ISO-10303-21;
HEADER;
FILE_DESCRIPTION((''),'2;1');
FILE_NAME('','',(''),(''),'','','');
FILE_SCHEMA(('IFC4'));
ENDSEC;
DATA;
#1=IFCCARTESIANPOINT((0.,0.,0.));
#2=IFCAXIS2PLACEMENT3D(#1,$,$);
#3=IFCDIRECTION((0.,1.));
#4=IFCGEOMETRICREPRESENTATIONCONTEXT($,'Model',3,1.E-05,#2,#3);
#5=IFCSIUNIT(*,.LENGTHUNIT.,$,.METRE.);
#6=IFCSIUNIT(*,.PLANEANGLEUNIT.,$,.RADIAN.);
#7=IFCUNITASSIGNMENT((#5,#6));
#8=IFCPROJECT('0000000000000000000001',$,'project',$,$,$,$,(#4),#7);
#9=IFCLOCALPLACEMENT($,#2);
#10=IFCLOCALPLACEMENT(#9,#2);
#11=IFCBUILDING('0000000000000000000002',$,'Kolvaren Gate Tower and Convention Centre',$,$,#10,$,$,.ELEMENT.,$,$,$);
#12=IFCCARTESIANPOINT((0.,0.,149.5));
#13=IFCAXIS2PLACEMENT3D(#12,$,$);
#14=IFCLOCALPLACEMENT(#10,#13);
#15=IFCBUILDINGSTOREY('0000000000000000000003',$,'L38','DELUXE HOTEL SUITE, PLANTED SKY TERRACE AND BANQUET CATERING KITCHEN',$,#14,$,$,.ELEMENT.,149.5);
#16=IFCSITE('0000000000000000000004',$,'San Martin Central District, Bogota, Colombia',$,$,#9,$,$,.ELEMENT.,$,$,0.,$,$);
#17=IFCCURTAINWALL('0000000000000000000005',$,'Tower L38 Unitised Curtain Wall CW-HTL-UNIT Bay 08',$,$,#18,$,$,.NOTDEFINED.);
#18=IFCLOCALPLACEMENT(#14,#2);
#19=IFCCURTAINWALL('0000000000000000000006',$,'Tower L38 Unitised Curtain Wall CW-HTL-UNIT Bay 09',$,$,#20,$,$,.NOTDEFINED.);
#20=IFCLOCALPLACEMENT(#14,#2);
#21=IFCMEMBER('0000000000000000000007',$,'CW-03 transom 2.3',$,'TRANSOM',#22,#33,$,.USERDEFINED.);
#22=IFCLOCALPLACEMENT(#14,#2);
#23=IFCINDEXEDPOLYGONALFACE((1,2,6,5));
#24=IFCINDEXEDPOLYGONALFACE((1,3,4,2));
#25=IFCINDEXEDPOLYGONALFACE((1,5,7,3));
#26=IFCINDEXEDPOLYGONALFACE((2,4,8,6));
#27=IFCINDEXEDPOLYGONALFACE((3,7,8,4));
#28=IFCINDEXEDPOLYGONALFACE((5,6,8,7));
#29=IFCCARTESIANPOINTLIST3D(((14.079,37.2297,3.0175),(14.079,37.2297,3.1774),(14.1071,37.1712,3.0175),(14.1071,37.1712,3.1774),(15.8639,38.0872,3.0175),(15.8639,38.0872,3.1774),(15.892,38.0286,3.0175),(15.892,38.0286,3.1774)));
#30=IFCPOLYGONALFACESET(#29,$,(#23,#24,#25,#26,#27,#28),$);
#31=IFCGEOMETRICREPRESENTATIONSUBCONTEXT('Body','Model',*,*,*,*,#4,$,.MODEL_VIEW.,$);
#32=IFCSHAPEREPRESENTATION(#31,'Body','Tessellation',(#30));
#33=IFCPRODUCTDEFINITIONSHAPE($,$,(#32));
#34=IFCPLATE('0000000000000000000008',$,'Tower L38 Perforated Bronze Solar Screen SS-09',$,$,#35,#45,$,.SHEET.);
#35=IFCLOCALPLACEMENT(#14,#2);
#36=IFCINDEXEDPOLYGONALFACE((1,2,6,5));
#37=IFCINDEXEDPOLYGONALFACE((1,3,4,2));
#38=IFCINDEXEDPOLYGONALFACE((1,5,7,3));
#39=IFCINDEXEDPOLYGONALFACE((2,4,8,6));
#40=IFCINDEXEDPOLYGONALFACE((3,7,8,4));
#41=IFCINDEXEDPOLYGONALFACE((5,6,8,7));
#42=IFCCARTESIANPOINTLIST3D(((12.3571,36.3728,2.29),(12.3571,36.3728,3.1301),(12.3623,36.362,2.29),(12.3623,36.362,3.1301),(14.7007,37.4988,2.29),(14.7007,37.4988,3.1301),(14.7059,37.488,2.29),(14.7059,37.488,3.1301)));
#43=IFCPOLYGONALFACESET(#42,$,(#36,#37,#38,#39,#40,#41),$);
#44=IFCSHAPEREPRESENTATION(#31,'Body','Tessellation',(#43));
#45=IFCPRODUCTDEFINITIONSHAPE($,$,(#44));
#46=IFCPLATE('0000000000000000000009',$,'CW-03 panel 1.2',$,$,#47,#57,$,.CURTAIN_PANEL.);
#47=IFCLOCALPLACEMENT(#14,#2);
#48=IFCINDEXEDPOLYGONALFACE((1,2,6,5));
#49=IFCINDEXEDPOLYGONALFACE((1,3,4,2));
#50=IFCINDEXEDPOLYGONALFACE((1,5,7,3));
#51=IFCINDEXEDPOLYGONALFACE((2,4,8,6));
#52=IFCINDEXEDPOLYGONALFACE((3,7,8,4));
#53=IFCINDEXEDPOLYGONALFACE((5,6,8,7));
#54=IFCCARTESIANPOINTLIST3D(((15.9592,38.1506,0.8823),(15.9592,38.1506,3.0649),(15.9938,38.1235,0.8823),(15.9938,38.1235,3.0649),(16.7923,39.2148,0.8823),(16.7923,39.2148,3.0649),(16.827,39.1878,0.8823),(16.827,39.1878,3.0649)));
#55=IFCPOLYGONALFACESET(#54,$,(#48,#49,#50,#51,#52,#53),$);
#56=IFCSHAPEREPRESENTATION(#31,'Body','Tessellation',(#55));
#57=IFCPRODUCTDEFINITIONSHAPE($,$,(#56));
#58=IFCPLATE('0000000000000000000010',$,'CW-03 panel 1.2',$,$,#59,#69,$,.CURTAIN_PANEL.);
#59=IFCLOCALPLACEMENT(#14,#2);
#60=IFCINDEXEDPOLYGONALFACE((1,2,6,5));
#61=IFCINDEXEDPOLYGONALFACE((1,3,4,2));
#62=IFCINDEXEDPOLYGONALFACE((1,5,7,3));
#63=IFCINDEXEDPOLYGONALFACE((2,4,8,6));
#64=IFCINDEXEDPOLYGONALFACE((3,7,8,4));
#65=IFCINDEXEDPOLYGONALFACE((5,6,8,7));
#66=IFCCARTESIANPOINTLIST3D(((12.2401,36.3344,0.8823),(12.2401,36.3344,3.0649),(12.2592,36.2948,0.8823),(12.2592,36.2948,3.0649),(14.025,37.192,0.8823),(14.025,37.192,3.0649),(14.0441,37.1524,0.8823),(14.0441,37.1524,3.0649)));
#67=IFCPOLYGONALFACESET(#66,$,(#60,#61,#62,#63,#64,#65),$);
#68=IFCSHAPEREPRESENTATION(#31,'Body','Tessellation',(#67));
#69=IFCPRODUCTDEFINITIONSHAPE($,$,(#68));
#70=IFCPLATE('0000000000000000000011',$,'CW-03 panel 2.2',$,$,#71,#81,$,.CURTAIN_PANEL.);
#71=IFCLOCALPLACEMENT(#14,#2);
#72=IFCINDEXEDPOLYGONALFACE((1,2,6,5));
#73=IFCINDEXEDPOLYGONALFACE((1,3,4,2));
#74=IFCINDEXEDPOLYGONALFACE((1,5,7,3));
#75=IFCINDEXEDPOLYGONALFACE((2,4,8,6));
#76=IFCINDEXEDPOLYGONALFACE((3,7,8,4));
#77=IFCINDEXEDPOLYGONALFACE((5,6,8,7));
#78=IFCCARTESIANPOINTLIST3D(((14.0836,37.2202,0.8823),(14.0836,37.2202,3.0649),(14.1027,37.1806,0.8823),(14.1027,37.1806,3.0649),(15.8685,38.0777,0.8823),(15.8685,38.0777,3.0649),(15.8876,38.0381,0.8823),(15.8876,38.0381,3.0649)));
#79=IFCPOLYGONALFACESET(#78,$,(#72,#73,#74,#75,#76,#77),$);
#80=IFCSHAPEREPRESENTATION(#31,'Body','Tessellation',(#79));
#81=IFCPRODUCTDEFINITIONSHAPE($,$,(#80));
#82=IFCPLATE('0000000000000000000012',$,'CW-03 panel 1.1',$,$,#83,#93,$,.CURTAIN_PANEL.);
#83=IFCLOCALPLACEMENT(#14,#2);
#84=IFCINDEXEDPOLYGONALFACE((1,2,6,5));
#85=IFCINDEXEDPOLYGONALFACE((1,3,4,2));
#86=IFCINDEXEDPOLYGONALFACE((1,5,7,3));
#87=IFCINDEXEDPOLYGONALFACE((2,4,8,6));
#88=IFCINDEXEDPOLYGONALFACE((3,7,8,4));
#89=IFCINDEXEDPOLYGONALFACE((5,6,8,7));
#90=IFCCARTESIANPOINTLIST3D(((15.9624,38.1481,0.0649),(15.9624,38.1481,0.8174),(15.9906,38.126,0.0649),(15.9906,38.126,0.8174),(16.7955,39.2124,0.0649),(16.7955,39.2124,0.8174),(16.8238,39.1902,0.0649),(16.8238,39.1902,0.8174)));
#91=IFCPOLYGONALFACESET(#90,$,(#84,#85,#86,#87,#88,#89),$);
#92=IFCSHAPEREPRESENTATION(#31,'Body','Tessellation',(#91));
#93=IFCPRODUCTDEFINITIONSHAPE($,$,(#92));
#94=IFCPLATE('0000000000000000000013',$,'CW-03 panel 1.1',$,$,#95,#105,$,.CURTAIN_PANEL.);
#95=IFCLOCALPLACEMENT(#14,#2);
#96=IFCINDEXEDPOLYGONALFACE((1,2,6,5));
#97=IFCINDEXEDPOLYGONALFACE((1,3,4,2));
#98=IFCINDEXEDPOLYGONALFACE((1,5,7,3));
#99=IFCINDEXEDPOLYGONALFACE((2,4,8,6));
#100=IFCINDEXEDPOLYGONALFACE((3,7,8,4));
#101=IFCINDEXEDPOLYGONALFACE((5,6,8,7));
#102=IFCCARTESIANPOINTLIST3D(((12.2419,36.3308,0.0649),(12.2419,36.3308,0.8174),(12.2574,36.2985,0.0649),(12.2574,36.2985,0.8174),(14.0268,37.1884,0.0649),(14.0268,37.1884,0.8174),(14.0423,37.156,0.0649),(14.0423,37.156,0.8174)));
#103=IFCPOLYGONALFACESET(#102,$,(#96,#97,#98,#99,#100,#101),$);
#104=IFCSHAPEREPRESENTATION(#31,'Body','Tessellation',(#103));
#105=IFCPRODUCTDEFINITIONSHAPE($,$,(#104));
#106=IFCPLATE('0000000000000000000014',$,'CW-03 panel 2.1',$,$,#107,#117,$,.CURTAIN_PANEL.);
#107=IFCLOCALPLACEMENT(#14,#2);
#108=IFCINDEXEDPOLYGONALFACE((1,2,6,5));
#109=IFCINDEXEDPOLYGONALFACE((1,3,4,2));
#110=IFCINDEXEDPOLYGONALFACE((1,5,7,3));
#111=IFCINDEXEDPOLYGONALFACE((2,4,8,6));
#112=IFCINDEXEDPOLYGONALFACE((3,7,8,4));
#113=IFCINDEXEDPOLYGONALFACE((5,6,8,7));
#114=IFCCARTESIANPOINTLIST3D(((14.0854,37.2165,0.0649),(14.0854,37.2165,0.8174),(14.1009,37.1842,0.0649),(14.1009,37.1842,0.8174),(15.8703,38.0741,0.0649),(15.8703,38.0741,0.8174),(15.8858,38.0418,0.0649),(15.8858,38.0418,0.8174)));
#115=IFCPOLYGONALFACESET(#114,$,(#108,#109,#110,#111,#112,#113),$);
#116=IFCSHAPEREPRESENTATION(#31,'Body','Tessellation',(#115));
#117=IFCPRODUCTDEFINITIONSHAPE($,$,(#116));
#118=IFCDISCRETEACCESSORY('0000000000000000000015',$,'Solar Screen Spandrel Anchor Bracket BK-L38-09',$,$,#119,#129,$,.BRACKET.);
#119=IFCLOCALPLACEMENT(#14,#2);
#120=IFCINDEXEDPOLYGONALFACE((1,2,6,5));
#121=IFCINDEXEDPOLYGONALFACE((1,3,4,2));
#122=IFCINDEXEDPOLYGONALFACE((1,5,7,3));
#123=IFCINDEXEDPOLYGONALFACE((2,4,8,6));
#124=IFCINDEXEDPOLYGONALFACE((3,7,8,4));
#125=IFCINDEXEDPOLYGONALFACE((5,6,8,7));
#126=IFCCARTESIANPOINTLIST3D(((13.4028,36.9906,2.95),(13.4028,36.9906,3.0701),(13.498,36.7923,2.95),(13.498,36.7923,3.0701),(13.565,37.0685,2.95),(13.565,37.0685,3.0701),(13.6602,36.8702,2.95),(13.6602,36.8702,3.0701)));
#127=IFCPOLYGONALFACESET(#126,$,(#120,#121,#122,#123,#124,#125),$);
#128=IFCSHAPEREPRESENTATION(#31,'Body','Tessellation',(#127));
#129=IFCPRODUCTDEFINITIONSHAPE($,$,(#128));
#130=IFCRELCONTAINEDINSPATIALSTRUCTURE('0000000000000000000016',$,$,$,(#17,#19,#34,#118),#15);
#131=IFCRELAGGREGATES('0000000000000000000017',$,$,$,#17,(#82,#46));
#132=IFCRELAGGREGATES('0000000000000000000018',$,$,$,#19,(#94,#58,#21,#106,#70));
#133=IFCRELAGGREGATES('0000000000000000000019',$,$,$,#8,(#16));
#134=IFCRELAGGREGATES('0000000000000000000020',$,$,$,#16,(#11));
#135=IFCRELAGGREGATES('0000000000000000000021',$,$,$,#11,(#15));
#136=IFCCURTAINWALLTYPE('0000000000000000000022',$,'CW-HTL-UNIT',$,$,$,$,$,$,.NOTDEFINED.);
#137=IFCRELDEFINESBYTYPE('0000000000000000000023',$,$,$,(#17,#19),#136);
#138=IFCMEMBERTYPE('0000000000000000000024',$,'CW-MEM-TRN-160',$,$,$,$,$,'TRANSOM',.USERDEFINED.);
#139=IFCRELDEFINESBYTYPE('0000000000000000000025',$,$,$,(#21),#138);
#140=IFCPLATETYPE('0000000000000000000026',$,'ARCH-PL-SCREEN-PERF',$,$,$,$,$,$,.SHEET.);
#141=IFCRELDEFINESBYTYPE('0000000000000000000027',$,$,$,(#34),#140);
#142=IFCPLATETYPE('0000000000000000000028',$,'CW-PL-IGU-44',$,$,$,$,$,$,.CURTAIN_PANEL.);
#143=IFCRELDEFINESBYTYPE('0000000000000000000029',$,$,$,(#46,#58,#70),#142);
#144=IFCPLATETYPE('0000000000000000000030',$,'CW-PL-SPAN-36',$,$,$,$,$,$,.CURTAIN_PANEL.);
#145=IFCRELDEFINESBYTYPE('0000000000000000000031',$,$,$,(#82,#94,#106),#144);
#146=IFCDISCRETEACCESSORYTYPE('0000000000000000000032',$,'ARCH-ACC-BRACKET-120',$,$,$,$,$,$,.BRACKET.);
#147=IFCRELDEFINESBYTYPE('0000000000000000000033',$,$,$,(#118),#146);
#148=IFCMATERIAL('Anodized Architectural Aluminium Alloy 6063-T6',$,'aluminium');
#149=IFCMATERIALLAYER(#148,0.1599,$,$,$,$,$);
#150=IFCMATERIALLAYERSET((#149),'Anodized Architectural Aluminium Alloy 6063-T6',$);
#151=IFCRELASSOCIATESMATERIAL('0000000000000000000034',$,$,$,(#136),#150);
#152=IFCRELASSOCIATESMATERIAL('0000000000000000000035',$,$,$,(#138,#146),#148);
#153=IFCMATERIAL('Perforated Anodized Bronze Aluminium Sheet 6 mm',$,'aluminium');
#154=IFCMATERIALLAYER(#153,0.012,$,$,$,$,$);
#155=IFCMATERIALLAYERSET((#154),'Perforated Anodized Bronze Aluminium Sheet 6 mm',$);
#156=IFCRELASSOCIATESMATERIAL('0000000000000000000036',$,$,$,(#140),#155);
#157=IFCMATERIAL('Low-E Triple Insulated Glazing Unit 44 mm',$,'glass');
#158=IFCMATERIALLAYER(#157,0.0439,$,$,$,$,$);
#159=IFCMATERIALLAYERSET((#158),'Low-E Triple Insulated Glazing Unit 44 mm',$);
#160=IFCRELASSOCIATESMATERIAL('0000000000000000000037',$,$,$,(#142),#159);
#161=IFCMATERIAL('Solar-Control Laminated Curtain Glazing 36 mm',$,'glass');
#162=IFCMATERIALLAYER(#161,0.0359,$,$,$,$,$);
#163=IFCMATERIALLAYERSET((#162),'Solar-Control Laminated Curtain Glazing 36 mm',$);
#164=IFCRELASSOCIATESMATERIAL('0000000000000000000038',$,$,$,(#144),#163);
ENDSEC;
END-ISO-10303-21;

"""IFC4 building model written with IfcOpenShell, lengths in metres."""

from ifc_helpers import new_model, si_unit, direction, frame, origin, origin_2d, place, context, subcontext, project, spatial, rectangle, extrude, material, layer, layer_set, material_profile, profile_set, type_object, element, aggregate, save


model = new_model("IFC4")

# Units and contexts
model_context = context("Model", 3, precision=1e-05, world=origin(), true_north=direction((0.0, 1.0)))
body_context = subcontext(model_context, "Body", "Model", "MODEL_VIEW")
ifc_project = project(units=[si_unit("LENGTHUNIT", "METRE"), si_unit("PLANEANGLEUNIT", "RADIAN")], contexts=[model_context])

# Site, building, storey
site_placement = place(None, origin())
site = spatial("IfcSite", under=ifc_project, at=site_placement, Name="San Martin Central District, Bogota, Colombia", CompositionType="ELEMENT", RefElevation=0.0)
building_placement = place(site_placement, origin())
building = spatial("IfcBuilding", under=site, at=building_placement, Name="Kolvaren Gate Tower and Convention Centre", CompositionType="ELEMENT")
storey_placement = place(building_placement, frame((0.0, 0.0, 149.5)))
storey = spatial("IfcBuildingStorey", under=building, at=storey_placement, Name="L38", Description="DELUXE HOTEL SUITE, PLANTED SKY TERRACE AND BANQUET CATERING KITCHEN", CompositionType="ELEMENT", Elevation=149.5)

# Curtain walls
ifc_material_1 = material(Name="Anodized Architectural Aluminium Alloy 6063-T6", Category="aluminium")
ifc_layer_1 = layer(ifc_material_1, 0.1599)
ifc_layer_set_1 = layer_set([ifc_layer_1], Name="Anodized Architectural Aluminium Alloy 6063-T6")
curtain_wall_type = type_object("IfcCurtainWallType", Name="CW-HTL-UNIT", PredefinedType="NOTDEFINED", material=ifc_layer_set_1)
curtain_wall_1_placement = place(storey_placement, origin())
curtain_wall_1 = element("IfcCurtainWall", 1, at=curtain_wall_1_placement, inside=storey, type_object=curtain_wall_type, Name="Tower L38 Unitised Curtain Wall CW-HTL-UNIT Bay 08", PredefinedType="NOTDEFINED")
curtain_wall_2_placement = place(storey_placement, origin())
curtain_wall_2 = element("IfcCurtainWall", 2, at=curtain_wall_2_placement, inside=storey, type_object=curtain_wall_type, Name="Tower L38 Unitised Curtain Wall CW-HTL-UNIT Bay 09", PredefinedType="NOTDEFINED")

# Member
ifc_material_profile_1 = material_profile(ifc_material_1, rectangle(XDim=0.0649, YDim=0.1599, at=origin_2d()), Name="CW-MEM-TRN-160")
ifc_profile_set_1 = profile_set([ifc_material_profile_1], Name="Anodized Architectural Aluminium Alloy 6063-T6")
member_type_1 = type_object("IfcMemberType", Name="CW-MEM-TRN-160", ElementType="TRANSOM", PredefinedType="USERDEFINED", material=ifc_profile_set_1)
member_1_placement = place(storey_placement, frame((14.093, 37.2004, 3.0974), z_axis=(0.901392, 0.433004, 0.0), x_axis=(-0.433004, 0.901392, 0.0)))
member_1 = element("IfcMember", 3, at=member_1_placement, type_object=member_type_1, Name="CW-03 transom 2.3", ObjectType="TRANSOM", PredefinedType="USERDEFINED", context=body_context, shape_type="SweptSolid", body=[
    extrude(rectangle(XDim=0.0649, YDim=0.1599, at=origin_2d()), origin(), (0.0, 0.0, 1.0), 1.9802),
])

# Plates
ifc_material_2 = material(Name="Perforated Anodized Bronze Aluminium Sheet 6 mm", Category="aluminium")
ifc_layer_2 = layer(ifc_material_2, 0.012)
ifc_layer_set_2 = layer_set([ifc_layer_2], Name="Perforated Anodized Bronze Aluminium Sheet 6 mm")
plate_type_1 = type_object("IfcPlateType", Name="ARCH-PL-SCREEN-PERF", PredefinedType="SHEET", material=ifc_layer_set_2)
plate_1_placement = place(storey_placement, frame((13.5315, 36.9304, 2.29), z_axis=(0.0, 0.0, 1.0), x_axis=(0.901358, 0.433074, 0.0)))
element("IfcPlate", 4, at=plate_1_placement, inside=storey, type_object=plate_type_1, Name="Tower L38 Perforated Bronze Solar Screen SS-09", PredefinedType="SHEET", context=body_context, shape_type="SweptSolid", body=[
    extrude(rectangle(XDim=2.6001, YDim=0.012, at=origin_2d()), origin(), (0.0, 0.0, 1.0), 0.8401),
])
ifc_material_3 = material(Name="Low-E Triple Insulated Glazing Unit 44 mm", Category="glass")
ifc_layer_3 = layer(ifc_material_3, 0.0439)
ifc_layer_set_3 = layer_set([ifc_layer_3], Name="Low-E Triple Insulated Glazing Unit 44 mm")
plate_type_2 = type_object("IfcPlateType", Name="CW-PL-IGU-44", PredefinedType="CURTAIN_PANEL", material=ifc_layer_set_3)
plate_2_placement = place(storey_placement, frame((16.3931, 38.6692, 0.8823), z_axis=(0.0, 0.0, 1.0), x_axis=(0.616449, 0.787395, 0.0)))
plate_2 = element("IfcPlate", 5, at=plate_2_placement, type_object=plate_type_2, Name="CW-03 panel 1.2", PredefinedType="CURTAIN_PANEL", context=body_context, shape_type="SweptSolid", body=[
    extrude(rectangle(XDim=1.3516, YDim=0.0439, at=origin_2d()), origin(), (0.0, 0.0, 1.0), 2.1826),
])
plate_3_placement = place(storey_placement, frame((13.1421, 36.7434, 0.8823), z_axis=(0.0, 0.0, 1.0), x_axis=(0.901363, 0.433065, 0.0)))
plate_3 = element("IfcPlate", 6, at=plate_3_placement, type_object=plate_type_2, Name="CW-03 panel 1.2", PredefinedType="CURTAIN_PANEL", context=body_context, shape_type="SweptSolid", body=[
    extrude(rectangle(XDim=1.9802, YDim=0.0439, at=origin_2d()), origin(), (0.0, 0.0, 1.0), 2.1826),
])
plate_4_placement = place(storey_placement, frame((14.9856, 37.6292, 0.8823), z_axis=(0.0, 0.0, 1.0), x_axis=(0.901363, 0.433065, 0.0)))
plate_4 = element("IfcPlate", 7, at=plate_4_placement, type_object=plate_type_2, Name="CW-03 panel 2.2", PredefinedType="CURTAIN_PANEL", context=body_context, shape_type="SweptSolid", body=[
    extrude(rectangle(XDim=1.9802, YDim=0.0439, at=origin_2d()), origin(), (0.0, 0.0, 1.0), 2.1826),
])
ifc_material_4 = material(Name="Solar-Control Laminated Curtain Glazing 36 mm", Category="glass")
ifc_layer_4 = layer(ifc_material_4, 0.0359)
ifc_layer_set_4 = layer_set([ifc_layer_4], Name="Solar-Control Laminated Curtain Glazing 36 mm")
plate_type_3 = type_object("IfcPlateType", Name="CW-PL-SPAN-36", PredefinedType="CURTAIN_PANEL", material=ifc_layer_set_4)
plate_5_placement = place(storey_placement, frame((16.3931, 38.6692, 0.0649), z_axis=(0.0, 0.0, 1.0), x_axis=(0.616449, 0.787395, 0.0)))
plate_5 = element("IfcPlate", 8, at=plate_5_placement, type_object=plate_type_3, Name="CW-03 panel 1.1", PredefinedType="CURTAIN_PANEL", context=body_context, shape_type="SweptSolid", body=[
    extrude(rectangle(XDim=1.3516, YDim=0.0359, at=origin_2d()), origin(), (0.0, 0.0, 1.0), 0.7524),
])
aggregate(curtain_wall_1, [plate_5, plate_2])
plate_6_placement = place(storey_placement, frame((13.1421, 36.7434, 0.0649), z_axis=(0.0, 0.0, 1.0), x_axis=(0.901363, 0.433065, 0.0)))
plate_6 = element("IfcPlate", 9, at=plate_6_placement, type_object=plate_type_3, Name="CW-03 panel 1.1", PredefinedType="CURTAIN_PANEL", context=body_context, shape_type="SweptSolid", body=[
    extrude(rectangle(XDim=1.9802, YDim=0.0359, at=origin_2d()), origin(), (0.0, 0.0, 1.0), 0.7524),
])
plate_7_placement = place(storey_placement, frame((14.9856, 37.6292, 0.0649), z_axis=(0.0, 0.0, 1.0), x_axis=(0.901363, 0.433065, 0.0)))
plate_7 = element("IfcPlate", 10, at=plate_7_placement, type_object=plate_type_3, Name="CW-03 panel 2.1", PredefinedType="CURTAIN_PANEL", context=body_context, shape_type="SweptSolid", body=[
    extrude(rectangle(XDim=1.9802, YDim=0.0359, at=origin_2d()), origin(), (0.0, 0.0, 1.0), 0.7524),
])
aggregate(curtain_wall_2, [plate_6, plate_3, member_1, plate_7, plate_4])

# Discrete accessory
discrete_accessory_type = type_object("IfcDiscreteAccessoryType", Name="ARCH-ACC-BRACKET-120", PredefinedType="BRACKET", material=ifc_material_1)
discrete_accessory_placement = place(storey_placement, frame((13.5315, 36.9304, 2.95), z_axis=(0.0, 0.0, 1.0), x_axis=(0.901358, 0.433074, 0.0)))
element("IfcDiscreteAccessory", 11, at=discrete_accessory_placement, inside=storey, type_object=discrete_accessory_type, Name="Solar Screen Spandrel Anchor Bracket BK-L38-09", PredefinedType="BRACKET", context=body_context, shape_type="SweptSolid", body=[
    extrude(rectangle(XDim=0.1799, YDim=0.22, at=origin_2d()), origin(), (0.0, 0.0, 1.0), 0.1201),
])

save(model, "model.ifc")
